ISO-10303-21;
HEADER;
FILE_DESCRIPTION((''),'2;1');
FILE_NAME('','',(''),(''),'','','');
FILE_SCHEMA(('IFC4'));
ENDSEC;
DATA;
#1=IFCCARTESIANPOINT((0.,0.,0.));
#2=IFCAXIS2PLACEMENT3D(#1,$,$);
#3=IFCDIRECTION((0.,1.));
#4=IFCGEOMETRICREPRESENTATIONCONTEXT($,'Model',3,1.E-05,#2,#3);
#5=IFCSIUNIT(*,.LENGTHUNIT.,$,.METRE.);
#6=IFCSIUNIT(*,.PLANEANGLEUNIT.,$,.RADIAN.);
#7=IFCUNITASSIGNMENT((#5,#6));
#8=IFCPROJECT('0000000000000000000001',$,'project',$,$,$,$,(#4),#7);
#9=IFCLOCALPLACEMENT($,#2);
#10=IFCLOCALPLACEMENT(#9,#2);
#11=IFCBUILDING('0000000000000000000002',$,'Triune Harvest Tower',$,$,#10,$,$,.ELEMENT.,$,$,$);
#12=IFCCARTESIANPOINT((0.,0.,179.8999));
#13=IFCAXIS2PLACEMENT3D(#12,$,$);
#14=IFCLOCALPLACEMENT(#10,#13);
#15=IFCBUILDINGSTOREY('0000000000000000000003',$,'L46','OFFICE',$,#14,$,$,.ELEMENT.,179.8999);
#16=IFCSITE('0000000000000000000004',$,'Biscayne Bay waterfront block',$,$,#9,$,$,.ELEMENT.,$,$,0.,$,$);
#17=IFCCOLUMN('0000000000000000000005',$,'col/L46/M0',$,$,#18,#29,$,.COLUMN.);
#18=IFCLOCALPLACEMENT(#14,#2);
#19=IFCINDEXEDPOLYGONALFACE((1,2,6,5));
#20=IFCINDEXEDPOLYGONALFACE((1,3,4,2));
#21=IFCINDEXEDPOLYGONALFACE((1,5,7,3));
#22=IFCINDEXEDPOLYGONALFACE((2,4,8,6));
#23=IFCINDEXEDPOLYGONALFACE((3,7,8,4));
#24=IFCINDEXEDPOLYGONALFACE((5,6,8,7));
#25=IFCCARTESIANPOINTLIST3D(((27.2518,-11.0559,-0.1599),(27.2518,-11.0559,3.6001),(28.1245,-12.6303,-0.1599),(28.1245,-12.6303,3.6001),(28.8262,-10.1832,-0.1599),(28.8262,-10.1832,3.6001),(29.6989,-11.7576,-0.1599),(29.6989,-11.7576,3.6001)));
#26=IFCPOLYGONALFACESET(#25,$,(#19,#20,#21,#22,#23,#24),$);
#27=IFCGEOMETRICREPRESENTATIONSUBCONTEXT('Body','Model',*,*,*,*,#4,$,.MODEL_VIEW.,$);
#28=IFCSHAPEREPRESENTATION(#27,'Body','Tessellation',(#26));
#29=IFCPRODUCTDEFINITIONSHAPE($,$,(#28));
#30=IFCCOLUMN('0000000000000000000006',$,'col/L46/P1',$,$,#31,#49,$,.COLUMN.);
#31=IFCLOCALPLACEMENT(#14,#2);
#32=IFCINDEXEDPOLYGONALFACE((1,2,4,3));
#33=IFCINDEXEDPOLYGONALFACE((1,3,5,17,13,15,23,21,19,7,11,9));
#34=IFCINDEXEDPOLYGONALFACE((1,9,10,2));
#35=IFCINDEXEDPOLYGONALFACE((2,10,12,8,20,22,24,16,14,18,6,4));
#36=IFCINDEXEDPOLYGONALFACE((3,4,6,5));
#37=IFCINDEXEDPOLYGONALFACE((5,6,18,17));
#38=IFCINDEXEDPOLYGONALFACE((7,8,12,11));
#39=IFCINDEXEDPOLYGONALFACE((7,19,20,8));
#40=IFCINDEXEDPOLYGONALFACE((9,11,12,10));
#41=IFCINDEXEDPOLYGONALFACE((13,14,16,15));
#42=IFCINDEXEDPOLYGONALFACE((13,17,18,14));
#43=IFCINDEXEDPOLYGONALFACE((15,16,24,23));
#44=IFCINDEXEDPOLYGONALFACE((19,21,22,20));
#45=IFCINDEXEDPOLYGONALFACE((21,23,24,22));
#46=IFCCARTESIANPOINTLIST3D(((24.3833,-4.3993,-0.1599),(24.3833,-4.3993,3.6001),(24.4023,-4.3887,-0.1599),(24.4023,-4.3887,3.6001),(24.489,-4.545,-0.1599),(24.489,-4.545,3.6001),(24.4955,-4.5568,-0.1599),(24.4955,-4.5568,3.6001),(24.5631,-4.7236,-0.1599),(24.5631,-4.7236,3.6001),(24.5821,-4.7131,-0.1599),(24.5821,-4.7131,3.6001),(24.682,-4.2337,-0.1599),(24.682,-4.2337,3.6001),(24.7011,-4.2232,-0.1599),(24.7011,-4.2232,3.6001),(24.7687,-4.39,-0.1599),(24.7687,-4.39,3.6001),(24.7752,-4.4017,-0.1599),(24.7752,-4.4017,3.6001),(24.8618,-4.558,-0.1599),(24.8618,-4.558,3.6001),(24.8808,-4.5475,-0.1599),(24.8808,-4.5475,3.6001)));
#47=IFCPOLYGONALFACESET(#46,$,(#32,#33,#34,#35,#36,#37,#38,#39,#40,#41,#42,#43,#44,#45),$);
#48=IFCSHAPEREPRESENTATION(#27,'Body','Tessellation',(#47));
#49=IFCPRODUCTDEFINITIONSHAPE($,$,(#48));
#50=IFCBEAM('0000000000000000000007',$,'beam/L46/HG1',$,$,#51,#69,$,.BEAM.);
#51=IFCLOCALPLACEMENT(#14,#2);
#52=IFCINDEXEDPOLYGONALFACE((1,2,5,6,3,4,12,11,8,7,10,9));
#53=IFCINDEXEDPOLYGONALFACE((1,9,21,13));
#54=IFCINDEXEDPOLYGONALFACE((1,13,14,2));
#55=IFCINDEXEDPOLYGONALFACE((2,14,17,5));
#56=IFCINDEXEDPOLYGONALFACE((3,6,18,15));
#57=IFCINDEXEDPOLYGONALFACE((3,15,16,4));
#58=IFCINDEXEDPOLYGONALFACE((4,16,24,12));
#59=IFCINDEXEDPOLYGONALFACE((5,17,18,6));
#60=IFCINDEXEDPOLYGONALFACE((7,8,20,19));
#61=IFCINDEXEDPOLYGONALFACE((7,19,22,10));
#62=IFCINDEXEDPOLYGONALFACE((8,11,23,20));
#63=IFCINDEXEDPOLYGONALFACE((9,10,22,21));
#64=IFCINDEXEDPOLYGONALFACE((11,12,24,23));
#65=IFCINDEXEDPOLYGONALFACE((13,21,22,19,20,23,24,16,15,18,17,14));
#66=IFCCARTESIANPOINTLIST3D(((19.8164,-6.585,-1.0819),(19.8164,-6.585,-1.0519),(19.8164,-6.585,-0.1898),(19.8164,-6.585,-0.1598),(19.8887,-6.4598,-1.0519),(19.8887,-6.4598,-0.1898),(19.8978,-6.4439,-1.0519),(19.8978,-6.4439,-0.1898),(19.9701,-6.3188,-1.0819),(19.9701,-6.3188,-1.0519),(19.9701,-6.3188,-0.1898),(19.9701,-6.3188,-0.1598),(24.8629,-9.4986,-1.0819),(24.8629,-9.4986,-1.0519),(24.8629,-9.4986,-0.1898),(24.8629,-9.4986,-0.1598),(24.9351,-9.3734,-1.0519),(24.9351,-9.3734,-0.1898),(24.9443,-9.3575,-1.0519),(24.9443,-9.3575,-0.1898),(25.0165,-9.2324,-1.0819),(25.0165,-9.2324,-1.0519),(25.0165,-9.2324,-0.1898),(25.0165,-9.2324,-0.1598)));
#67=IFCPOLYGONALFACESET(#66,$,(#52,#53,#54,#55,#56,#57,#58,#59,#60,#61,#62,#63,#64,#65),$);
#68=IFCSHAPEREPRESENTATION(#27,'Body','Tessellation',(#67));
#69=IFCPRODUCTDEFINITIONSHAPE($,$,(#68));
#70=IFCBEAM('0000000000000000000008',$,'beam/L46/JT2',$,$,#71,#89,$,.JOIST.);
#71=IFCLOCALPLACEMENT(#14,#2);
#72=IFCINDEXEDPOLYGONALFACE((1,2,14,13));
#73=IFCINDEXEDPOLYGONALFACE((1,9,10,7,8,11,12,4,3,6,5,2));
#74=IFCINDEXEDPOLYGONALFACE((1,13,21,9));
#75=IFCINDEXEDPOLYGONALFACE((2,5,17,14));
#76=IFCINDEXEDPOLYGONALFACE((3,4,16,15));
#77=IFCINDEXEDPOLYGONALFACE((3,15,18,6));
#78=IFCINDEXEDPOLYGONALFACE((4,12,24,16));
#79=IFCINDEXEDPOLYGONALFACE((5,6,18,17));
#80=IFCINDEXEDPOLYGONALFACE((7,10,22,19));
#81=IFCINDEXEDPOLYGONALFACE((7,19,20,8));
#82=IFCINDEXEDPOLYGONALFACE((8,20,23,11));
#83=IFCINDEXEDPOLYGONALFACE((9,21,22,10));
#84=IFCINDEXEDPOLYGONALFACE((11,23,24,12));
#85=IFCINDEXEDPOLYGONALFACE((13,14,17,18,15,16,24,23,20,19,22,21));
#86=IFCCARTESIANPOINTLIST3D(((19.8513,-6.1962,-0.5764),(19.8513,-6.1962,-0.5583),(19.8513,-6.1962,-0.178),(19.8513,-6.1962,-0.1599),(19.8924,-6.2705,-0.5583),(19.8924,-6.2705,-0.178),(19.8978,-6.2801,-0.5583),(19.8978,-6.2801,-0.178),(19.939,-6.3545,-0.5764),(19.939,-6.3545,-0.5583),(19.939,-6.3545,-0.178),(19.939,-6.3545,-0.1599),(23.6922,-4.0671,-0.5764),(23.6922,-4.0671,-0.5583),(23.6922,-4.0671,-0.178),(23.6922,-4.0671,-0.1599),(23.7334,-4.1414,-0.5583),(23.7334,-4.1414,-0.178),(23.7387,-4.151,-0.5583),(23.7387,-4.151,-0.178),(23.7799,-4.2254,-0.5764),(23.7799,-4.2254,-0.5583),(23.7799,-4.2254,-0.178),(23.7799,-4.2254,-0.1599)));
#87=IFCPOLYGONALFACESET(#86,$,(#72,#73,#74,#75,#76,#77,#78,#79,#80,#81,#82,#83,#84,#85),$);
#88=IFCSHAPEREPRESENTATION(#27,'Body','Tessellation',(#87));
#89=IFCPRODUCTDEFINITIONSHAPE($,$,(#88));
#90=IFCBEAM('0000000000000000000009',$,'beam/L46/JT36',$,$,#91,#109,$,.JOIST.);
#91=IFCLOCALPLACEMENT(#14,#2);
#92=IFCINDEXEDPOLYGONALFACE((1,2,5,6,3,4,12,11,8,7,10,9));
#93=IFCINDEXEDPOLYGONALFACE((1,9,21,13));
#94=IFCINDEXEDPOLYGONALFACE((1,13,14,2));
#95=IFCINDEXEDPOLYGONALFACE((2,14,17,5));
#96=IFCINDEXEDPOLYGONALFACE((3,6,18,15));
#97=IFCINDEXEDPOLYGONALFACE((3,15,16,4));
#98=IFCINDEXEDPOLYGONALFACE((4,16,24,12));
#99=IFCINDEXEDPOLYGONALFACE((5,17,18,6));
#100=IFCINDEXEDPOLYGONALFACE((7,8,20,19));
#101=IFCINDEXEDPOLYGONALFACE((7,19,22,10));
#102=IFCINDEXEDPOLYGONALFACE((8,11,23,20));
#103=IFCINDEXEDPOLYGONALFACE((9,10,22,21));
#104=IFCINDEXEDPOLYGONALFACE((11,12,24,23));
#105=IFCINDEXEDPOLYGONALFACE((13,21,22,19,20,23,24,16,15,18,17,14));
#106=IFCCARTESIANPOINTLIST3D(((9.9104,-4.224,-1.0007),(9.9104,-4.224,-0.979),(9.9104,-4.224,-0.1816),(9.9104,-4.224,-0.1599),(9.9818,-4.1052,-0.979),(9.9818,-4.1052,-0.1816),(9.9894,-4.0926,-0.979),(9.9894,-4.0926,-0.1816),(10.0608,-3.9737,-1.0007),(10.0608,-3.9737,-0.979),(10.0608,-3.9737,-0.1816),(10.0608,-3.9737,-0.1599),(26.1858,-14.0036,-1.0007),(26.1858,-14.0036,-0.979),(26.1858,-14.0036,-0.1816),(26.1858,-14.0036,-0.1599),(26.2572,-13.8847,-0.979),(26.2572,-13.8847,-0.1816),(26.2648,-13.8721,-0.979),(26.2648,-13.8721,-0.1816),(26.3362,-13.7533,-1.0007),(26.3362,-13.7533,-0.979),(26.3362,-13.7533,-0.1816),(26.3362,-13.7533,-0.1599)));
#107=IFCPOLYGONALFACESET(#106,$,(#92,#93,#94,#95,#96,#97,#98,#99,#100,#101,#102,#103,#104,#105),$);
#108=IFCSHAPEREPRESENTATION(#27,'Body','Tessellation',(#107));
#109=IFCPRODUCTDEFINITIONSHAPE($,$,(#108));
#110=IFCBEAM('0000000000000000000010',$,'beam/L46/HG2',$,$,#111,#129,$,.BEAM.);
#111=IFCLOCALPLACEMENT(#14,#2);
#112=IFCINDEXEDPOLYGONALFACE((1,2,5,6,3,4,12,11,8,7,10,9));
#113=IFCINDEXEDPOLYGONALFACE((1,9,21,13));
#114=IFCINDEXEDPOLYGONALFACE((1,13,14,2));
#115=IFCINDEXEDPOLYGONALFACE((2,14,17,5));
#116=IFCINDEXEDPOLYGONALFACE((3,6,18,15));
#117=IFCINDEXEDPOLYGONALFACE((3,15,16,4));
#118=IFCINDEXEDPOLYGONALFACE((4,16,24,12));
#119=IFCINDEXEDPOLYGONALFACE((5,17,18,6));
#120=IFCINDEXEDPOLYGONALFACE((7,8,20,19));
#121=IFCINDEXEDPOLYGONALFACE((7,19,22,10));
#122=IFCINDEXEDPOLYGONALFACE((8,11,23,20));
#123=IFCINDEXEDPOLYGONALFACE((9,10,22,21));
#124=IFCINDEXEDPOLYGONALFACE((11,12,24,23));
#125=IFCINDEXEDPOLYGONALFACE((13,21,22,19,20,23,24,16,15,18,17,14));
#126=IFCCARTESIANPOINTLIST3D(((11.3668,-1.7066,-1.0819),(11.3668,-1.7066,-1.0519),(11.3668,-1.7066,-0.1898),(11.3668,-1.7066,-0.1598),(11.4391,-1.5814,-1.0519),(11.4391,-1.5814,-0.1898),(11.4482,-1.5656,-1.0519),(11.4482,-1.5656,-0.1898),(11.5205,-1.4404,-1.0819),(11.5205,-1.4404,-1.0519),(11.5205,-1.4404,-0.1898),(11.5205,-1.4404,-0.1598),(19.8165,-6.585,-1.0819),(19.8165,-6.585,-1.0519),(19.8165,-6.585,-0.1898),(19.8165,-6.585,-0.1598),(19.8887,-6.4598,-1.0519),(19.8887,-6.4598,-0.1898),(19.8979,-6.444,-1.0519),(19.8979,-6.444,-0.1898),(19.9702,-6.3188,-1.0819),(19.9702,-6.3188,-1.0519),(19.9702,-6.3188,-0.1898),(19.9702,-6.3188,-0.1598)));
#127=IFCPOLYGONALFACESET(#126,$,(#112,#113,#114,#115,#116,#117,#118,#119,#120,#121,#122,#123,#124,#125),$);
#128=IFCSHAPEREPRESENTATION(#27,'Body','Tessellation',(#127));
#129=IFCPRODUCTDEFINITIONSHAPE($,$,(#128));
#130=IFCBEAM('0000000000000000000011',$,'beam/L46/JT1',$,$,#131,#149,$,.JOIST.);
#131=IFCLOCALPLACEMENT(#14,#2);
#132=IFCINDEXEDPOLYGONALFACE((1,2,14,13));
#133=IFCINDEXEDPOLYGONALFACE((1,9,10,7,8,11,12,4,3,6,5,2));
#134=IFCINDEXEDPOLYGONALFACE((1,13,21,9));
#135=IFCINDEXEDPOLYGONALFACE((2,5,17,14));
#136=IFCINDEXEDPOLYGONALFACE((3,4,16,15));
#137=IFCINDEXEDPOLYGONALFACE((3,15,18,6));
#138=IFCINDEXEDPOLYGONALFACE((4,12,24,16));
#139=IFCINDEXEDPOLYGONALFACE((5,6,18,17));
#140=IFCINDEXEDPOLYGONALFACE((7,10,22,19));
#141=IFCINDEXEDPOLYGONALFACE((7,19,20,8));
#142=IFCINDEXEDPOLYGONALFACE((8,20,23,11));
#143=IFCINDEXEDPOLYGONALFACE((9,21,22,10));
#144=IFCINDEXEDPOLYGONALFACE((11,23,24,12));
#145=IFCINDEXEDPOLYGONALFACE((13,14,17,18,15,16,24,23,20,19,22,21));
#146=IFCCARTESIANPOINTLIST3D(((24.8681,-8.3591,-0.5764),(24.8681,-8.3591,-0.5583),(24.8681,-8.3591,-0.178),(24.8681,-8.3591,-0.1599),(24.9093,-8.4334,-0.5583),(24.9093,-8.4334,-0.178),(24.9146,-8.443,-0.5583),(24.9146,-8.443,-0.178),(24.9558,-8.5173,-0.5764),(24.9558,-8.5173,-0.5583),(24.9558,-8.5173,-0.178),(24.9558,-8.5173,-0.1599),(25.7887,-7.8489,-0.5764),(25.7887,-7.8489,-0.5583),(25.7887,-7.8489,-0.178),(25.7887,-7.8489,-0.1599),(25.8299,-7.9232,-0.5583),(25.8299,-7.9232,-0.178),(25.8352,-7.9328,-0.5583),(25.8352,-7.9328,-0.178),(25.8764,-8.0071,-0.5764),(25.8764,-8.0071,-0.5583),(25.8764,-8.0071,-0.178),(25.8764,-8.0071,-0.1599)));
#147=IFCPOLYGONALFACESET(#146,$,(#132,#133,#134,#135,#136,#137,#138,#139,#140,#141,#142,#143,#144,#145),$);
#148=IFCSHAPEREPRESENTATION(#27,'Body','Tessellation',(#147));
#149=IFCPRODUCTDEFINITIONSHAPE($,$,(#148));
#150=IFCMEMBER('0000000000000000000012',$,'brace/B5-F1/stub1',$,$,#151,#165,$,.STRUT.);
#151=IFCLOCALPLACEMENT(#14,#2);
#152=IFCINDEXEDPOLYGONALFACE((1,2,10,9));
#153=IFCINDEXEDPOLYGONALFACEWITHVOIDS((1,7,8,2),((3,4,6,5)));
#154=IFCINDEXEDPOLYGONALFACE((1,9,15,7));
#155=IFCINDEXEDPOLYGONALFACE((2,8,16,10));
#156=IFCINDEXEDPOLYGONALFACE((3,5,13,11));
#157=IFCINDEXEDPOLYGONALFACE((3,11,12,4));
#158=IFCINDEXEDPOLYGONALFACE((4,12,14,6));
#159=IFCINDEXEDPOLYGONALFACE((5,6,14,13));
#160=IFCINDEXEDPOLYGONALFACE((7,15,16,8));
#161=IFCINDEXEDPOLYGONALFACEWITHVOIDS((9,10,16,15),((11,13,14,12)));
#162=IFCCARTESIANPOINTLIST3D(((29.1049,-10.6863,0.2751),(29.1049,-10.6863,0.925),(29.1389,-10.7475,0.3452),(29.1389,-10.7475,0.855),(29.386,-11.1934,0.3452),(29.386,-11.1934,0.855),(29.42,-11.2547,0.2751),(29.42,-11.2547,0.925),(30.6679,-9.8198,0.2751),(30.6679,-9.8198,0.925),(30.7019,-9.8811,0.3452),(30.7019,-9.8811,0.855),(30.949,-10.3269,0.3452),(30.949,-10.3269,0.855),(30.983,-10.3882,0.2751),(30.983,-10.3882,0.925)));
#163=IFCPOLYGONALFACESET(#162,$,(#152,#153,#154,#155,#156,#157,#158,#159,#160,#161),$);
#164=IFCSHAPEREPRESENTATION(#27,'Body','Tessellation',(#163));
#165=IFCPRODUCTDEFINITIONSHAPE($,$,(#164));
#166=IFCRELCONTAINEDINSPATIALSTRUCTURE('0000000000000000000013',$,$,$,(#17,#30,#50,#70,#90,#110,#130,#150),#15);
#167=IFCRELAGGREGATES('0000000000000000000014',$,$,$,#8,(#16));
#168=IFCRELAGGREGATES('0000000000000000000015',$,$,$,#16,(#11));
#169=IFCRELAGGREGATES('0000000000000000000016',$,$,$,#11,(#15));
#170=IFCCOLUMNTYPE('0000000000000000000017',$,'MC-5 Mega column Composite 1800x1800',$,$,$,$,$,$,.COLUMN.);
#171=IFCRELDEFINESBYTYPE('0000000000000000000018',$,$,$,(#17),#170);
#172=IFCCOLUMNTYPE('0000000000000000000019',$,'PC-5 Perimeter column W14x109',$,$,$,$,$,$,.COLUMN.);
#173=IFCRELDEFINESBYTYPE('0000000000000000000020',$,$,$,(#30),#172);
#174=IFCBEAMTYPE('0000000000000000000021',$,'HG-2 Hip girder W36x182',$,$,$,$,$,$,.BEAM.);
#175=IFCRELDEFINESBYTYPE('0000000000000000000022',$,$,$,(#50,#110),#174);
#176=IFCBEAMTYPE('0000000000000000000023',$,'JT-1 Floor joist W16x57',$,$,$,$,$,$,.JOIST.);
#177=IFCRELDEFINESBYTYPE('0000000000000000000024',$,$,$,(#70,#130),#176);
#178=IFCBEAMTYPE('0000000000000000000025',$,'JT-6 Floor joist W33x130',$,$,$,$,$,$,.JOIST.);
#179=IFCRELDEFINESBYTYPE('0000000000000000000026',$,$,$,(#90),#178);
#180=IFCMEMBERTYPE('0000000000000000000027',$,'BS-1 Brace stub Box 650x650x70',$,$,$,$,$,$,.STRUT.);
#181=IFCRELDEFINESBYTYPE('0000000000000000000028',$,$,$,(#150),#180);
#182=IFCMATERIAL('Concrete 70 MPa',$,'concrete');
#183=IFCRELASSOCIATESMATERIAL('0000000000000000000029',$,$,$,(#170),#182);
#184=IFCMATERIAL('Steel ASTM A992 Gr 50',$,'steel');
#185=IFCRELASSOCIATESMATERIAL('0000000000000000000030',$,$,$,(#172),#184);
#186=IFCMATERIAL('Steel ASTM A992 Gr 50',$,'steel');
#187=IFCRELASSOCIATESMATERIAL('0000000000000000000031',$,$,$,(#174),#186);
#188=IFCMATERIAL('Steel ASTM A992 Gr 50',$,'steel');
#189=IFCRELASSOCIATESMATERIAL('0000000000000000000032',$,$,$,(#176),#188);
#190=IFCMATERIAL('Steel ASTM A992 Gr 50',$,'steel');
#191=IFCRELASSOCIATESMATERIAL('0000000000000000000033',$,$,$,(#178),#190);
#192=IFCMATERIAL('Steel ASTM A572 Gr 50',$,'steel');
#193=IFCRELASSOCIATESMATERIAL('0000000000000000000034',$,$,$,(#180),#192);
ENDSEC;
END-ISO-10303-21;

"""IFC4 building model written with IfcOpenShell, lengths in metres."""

from ifc_helpers import new_model, si_unit, direction, frame, origin, origin_2d, place, context, subcontext, project, spatial, rectangle, hollow_rectangle, i_section, extrude, source, transform, mapped, material, material_profile, profile_set, type_object, element, save


model = new_model("IFC4")

# Units and contexts
model_context = context("Model", 3, precision=1e-05, world=origin(), true_north=direction((0.0, 1.0)))
body_context = subcontext(model_context, "Body", "Model", "MODEL_VIEW")
ifc_project = project(units=[si_unit("LENGTHUNIT", "METRE"), si_unit("PLANEANGLEUNIT", "RADIAN")], contexts=[model_context])

# Site, building, storey
site_placement = place(None, origin())
site = spatial("IfcSite", under=ifc_project, at=site_placement, Name="Biscayne Bay waterfront block", CompositionType="ELEMENT", RefElevation=0.0)
building_placement = place(site_placement, origin())
building = spatial("IfcBuilding", under=site, at=building_placement, Name="Triune Harvest Tower", CompositionType="ELEMENT")
storey_placement = place(building_placement, frame((0.0, 0.0, 179.8999)))
storey = spatial("IfcBuildingStorey", under=building, at=storey_placement, Name="L46", Description="OFFICE", CompositionType="ELEMENT", Elevation=179.8999)

# Columns
ifc_material_1 = material(Name="Concrete 70 MPa", Category="concrete")
ifc_material_profile_1 = material_profile(ifc_material_1, rectangle(XDim=1.8, YDim=1.8, at=origin_2d()), Name="Composite 1800x1800")
ifc_profile_set_1 = profile_set([ifc_material_profile_1], Name="Concrete 70 MPa")
column_type_1 = type_object("IfcColumnType", Name="MC-5 Mega column Composite 1800x1800", PredefinedType="COLUMN", material=ifc_profile_set_1)
shared_shape_1 = source(origin(), body_context, "Body", "SweptSolid", [
    extrude(rectangle(XDim=1.8, YDim=1.8, at=origin_2d()), origin(), (0.0, 0.0, 1.0), 3.76),
])
column_1_placement = place(storey_placement, frame((28.4753, -11.4067, -0.1599), z_axis=(0.0, 0.0, 1.0), x_axis=(-0.48481, 0.87462, 0.0)))
element("IfcColumn", 1, at=column_1_placement, inside=storey, type_object=column_type_1, Name="col/L46/M0", PredefinedType="COLUMN", context=body_context, shape_type="MappedRepresentation", body=[
    mapped(shared_shape_1, transform((0.0, 0.0, 0.0), scale=1.0)),
])
ifc_material_2 = material(Name="Steel ASTM A992 Gr 50", Category="steel")
ifc_material_profile_2 = material_profile(ifc_material_2, i_section(OverallWidth=0.3708, OverallDepth=0.3633, WebThickness=0.0134, FlangeThickness=0.0217, at=origin_2d()), Name="W14x109")
ifc_profile_set_2 = profile_set([ifc_material_profile_2], Name="Steel ASTM A992 Gr 50")
column_type_2 = type_object("IfcColumnType", Name="PC-5 Perimeter column W14x109", PredefinedType="COLUMN", material=ifc_profile_set_2)
shared_shape_2 = source(origin(), body_context, "Body", "SweptSolid", [
    extrude(i_section(OverallWidth=0.3708, OverallDepth=0.3633, WebThickness=0.0134, FlangeThickness=0.0217, at=origin_2d()), origin(), (0.0, 0.0, 1.0), 3.76),
])
column_2_placement = place(storey_placement, frame((24.6321, -4.4734, -0.1599), z_axis=(0.0, 0.0, 1.0), x_axis=(-0.48481, 0.87462, 0.0)))
element("IfcColumn", 2, at=column_2_placement, inside=storey, type_object=column_type_2, Name="col/L46/P1", PredefinedType="COLUMN", context=body_context, shape_type="MappedRepresentation", body=[
    mapped(shared_shape_2, transform((0.0, 0.0, 0.0), scale=1.0)),
])

# Beams
ifc_material_3 = material(Name="Steel ASTM A992 Gr 50", Category="steel")
ifc_material_profile_3 = material_profile(ifc_material_3, i_section(OverallWidth=0.3074, OverallDepth=0.9221, WebThickness=0.0183, FlangeThickness=0.03, at=origin_2d()), Name="W36x182")
ifc_profile_set_3 = profile_set([ifc_material_profile_3], Name="Steel ASTM A992 Gr 50")
beam_type_1 = type_object("IfcBeamType", Name="HG-2 Hip girder W36x182", PredefinedType="BEAM", material=ifc_profile_set_3)
beam_1_placement = place(storey_placement, frame((24.9397, -9.3655, -0.6208), z_axis=(-0.866022, 0.500005, 0.0), x_axis=(-0.500005, -0.866022, 0.0)))
element("IfcBeam", 3, at=beam_1_placement, inside=storey, type_object=beam_type_1, Name="beam/L46/HG1", PredefinedType="BEAM", context=body_context, shape_type="SweptSolid", body=[
    extrude(i_section(OverallWidth=0.3074, OverallDepth=0.9221, WebThickness=0.0183, FlangeThickness=0.03, at=origin_2d()), origin(), (0.0, 0.0, 1.0), 5.8271),
])
ifc_material_4 = material(Name="Steel ASTM A992 Gr 50", Category="steel")
ifc_material_profile_4 = material_profile(ifc_material_4, i_section(OverallWidth=0.1809, OverallDepth=0.4165, WebThickness=0.011, FlangeThickness=0.0181, at=origin_2d()), Name="W16x57")
ifc_profile_set_4 = profile_set([ifc_material_profile_4], Name="Steel ASTM A992 Gr 50")
beam_type_2 = type_object("IfcBeamType", Name="JT-1 Floor joist W16x57", PredefinedType="JOIST", material=ifc_profile_set_4)
beam_2_placement = place(storey_placement, frame((23.7361, -4.1462, -0.3682), z_axis=(-0.874618, -0.484812, 0.0), x_axis=(0.484812, -0.874618, 0.0)))
element("IfcBeam", 4, at=beam_2_placement, inside=storey, type_object=beam_type_2, Name="beam/L46/JT2", PredefinedType="JOIST", context=body_context, shape_type="SweptSolid", body=[
    extrude(i_section(OverallWidth=0.1809, OverallDepth=0.4165, WebThickness=0.011, FlangeThickness=0.0181, at=origin_2d()), origin(), (0.0, 0.0, 1.0), 4.3916),
])
ifc_material_5 = material(Name="Steel ASTM A992 Gr 50", Category="steel")
ifc_material_profile_5 = material_profile(ifc_material_5, i_section(OverallWidth=0.292, OverallDepth=0.8408, WebThickness=0.0146, FlangeThickness=0.0217, at=origin_2d()), Name="W33x130")
ifc_profile_set_5 = profile_set([ifc_material_profile_5], Name="Steel ASTM A992 Gr 50")
beam_type_3 = type_object("IfcBeamType", Name="JT-6 Floor joist W33x130", PredefinedType="JOIST", material=ifc_profile_set_5)
beam_3_placement = place(storey_placement, frame((26.261, -13.8784, -0.5803), z_axis=(-0.85716, 0.51505, 0.0), x_axis=(-0.51505, -0.85716, 0.0)))
element("IfcBeam", 5, at=beam_3_placement, inside=storey, type_object=beam_type_3, Name="beam/L46/JT36", PredefinedType="JOIST", context=body_context, shape_type="SweptSolid", body=[
    extrude(i_section(OverallWidth=0.292, OverallDepth=0.8408, WebThickness=0.0146, FlangeThickness=0.0217, at=origin_2d()), origin(), (0.0, 0.0, 1.0), 18.9875),
])
shared_shape_3 = source(origin(), body_context, "Body", "SweptSolid", [
    extrude(i_section(OverallWidth=0.3074, OverallDepth=0.9221, WebThickness=0.0183, FlangeThickness=0.03, at=origin_2d()), origin(), (0.0, 0.0, 1.0), 9.7568),
])
beam_4_placement = place(storey_placement, frame((19.8933, -6.4519, -0.6208), z_axis=(-0.866026, 0.499998, 0.0), x_axis=(-0.499998, -0.866026, 0.0)))
element("IfcBeam", 6, at=beam_4_placement, inside=storey, type_object=beam_type_1, Name="beam/L46/HG2", PredefinedType="BEAM", context=body_context, shape_type="MappedRepresentation", body=[
    mapped(shared_shape_3, transform((0.0, 0.0, 0.0), scale=1.0)),
])
shared_shape_4 = source(origin(), body_context, "Body", "SweptSolid", [
    extrude(i_section(OverallWidth=0.1809, OverallDepth=0.4165, WebThickness=0.011, FlangeThickness=0.0181, at=origin_2d()), origin(), (0.0, 0.0, 1.0), 1.0525),
])
beam_5_placement = place(storey_placement, frame((25.8325, -7.928, -0.3682), z_axis=(-0.874649, -0.484756, 0.0), x_axis=(0.484756, -0.874649, 0.0)))
element("IfcBeam", 7, at=beam_5_placement, inside=storey, type_object=beam_type_2, Name="beam/L46/JT1", PredefinedType="JOIST", context=body_context, shape_type="MappedRepresentation", body=[
    mapped(shared_shape_4, transform((0.0, 0.0, 0.0), scale=1.0)),
])

# Member
ifc_material_6 = material(Name="Steel ASTM A572 Gr 50", Category="steel")
ifc_material_profile_6 = material_profile(ifc_material_6, hollow_rectangle(XDim=0.6499, YDim=0.6499, WallThickness=0.0701, at=origin_2d()), Name="Box 650x650x70")
ifc_profile_set_6 = profile_set([ifc_material_profile_6], Name="Steel ASTM A572 Gr 50")
member_type_1 = type_object("IfcMemberType", Name="BS-1 Brace stub Box 650x650x70", PredefinedType="STRUT", material=ifc_profile_set_6)
shared_shape_5 = source(origin(), body_context, "Body", "SweptSolid", [
    extrude(hollow_rectangle(XDim=0.6499, YDim=0.6499, WallThickness=0.0701, at=origin_2d()), origin(), (0.0, 0.0, 1.0), 1.7871),
])
member_1_placement = place(storey_placement, frame((29.2625, -10.9705, 0.6001), z_axis=(0.874602, 0.484842, 0.0), x_axis=(-0.484842, 0.874602, 0.0)))
element("IfcMember", 8, at=member_1_placement, inside=storey, type_object=member_type_1, Name="brace/B5-F1/stub1", PredefinedType="STRUT", context=body_context, shape_type="MappedRepresentation", body=[
    mapped(shared_shape_5, transform((0.0, 0.0, 0.0), scale=1.0)),
])

save(model, "model.ifc")
